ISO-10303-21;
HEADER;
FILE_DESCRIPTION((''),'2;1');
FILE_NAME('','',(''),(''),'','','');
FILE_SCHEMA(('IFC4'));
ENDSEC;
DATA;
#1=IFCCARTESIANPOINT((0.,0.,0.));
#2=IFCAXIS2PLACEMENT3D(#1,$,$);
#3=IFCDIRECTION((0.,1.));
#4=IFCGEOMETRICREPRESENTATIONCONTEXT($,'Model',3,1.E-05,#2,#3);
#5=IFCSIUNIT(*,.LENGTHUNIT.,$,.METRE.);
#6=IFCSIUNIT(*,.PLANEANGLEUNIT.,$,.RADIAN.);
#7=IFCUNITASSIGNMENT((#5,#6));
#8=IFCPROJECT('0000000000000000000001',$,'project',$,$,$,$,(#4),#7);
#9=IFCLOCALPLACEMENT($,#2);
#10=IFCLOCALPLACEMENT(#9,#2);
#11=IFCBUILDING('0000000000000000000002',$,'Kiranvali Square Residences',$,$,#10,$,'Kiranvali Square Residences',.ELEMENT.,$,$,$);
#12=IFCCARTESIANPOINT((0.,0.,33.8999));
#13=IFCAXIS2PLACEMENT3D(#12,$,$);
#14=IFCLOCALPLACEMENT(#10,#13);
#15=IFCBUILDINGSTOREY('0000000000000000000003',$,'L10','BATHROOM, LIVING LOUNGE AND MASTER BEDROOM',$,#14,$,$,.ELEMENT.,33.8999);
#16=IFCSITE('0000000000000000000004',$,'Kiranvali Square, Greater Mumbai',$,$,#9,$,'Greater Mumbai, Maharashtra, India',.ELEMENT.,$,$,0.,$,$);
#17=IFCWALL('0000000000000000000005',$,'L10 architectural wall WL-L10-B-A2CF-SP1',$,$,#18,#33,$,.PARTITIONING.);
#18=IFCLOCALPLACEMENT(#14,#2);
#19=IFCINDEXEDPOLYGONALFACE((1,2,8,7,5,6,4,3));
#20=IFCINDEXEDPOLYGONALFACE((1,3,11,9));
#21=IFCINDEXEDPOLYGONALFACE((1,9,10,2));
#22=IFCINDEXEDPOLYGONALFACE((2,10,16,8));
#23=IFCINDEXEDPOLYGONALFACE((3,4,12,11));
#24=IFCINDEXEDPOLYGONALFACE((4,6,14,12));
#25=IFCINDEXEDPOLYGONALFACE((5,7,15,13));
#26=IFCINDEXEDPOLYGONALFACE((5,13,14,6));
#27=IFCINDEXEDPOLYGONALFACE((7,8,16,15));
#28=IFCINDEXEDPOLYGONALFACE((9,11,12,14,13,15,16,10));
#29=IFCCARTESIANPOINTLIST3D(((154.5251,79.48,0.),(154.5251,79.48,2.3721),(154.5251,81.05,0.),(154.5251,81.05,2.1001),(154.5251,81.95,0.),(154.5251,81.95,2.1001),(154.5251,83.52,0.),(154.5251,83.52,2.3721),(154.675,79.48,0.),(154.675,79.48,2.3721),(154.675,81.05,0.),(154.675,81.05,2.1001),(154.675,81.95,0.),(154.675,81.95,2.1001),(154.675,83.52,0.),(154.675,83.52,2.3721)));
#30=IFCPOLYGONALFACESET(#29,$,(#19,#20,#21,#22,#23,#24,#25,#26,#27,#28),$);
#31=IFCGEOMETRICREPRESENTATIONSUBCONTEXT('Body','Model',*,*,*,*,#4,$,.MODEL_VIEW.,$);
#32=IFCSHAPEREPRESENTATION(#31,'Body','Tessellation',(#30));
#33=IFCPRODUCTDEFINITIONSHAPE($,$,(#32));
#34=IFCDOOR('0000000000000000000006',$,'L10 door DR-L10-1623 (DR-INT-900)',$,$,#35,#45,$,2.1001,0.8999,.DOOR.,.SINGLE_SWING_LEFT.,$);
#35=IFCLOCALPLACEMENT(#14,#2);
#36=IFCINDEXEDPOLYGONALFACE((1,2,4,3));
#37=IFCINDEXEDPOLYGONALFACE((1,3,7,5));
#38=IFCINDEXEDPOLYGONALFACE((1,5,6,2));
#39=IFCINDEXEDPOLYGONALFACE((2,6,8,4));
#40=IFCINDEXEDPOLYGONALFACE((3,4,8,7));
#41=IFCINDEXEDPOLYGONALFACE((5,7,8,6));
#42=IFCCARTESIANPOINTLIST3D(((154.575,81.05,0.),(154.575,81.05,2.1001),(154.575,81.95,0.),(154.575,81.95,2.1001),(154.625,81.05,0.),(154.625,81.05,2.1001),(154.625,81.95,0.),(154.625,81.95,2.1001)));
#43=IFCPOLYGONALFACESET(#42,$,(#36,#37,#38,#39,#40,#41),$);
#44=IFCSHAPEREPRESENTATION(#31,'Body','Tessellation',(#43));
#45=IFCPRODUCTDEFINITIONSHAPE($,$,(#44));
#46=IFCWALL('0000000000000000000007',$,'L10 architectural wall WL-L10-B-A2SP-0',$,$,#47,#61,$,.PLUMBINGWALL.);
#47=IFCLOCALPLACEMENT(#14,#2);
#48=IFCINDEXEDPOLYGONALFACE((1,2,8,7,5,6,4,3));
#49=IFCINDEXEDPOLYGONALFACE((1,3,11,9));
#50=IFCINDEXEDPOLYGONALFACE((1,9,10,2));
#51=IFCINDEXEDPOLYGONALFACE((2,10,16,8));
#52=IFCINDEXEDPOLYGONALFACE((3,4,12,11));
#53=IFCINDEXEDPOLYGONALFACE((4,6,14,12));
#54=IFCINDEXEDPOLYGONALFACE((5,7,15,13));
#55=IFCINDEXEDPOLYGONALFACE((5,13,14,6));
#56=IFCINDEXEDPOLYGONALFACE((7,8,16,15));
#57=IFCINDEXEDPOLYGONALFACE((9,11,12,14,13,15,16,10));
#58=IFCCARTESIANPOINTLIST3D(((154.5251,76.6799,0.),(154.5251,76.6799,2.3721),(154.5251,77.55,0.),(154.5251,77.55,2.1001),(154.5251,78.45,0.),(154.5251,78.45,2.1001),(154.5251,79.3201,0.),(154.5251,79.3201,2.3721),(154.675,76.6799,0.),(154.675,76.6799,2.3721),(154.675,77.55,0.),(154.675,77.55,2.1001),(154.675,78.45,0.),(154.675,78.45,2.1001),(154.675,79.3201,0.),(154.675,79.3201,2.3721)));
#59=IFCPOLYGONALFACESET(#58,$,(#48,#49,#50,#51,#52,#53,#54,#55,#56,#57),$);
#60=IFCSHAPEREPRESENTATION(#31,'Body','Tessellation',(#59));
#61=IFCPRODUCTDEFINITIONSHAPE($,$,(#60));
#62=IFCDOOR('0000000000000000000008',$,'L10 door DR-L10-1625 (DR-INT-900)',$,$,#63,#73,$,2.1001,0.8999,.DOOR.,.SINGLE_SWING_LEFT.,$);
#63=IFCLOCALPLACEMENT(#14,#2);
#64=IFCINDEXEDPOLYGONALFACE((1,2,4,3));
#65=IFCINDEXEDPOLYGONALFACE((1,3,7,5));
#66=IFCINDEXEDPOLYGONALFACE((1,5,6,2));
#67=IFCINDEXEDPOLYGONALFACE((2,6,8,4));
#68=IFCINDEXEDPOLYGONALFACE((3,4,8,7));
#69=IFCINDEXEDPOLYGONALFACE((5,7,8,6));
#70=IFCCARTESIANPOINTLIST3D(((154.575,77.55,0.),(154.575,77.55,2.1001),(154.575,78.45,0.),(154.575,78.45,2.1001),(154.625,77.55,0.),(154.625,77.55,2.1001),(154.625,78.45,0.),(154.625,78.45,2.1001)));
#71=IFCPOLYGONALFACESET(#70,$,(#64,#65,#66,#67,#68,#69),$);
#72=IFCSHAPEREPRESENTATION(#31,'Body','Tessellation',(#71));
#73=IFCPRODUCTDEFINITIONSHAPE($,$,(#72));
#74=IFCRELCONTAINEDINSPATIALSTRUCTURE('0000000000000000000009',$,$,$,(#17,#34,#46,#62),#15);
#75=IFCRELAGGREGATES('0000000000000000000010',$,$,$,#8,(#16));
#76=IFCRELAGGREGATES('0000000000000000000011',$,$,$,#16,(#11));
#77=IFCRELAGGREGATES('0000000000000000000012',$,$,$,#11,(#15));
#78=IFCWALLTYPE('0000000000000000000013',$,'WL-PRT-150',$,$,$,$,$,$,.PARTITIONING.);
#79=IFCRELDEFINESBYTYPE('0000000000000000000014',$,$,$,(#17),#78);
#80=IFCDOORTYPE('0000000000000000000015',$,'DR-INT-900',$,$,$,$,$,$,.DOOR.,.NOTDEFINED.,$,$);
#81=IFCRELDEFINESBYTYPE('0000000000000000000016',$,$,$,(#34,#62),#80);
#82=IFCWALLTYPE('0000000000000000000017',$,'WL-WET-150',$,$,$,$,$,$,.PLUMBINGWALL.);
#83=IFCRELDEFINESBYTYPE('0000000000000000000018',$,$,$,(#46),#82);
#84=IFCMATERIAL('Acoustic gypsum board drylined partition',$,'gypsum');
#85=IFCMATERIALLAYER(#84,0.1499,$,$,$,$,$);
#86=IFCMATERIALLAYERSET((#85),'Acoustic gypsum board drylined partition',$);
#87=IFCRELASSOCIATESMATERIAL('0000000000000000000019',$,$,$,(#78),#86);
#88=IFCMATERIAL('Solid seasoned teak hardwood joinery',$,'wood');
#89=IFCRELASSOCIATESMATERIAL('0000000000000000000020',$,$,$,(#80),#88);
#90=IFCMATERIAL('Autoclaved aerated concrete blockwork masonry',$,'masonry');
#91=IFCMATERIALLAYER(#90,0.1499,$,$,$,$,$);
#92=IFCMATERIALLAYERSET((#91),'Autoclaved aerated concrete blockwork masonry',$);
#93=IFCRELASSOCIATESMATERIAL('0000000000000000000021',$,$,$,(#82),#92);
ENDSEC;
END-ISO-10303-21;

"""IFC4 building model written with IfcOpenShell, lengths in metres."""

from ifc_helpers import new_model, si_unit, direction, frame, frame_2d, origin, place, context, subcontext, project, spatial, rectangle, extrude, material, layer, layer_set, type_object, element, fill, save


model = new_model("IFC4")

# Units and contexts
model_context = context("Model", 3, precision=1e-05, world=origin(), true_north=direction((0.0, 1.0)))
body_context = subcontext(model_context, "Body", "Model", "MODEL_VIEW")
ifc_project = project(units=[si_unit("LENGTHUNIT", "METRE"), si_unit("PLANEANGLEUNIT", "RADIAN")], contexts=[model_context])

# Site, building, storey
site_placement = place(None, origin())
site = spatial("IfcSite", under=ifc_project, at=site_placement, Name="Kiranvali Square, Greater Mumbai", LongName="Greater Mumbai, Maharashtra, India", CompositionType="ELEMENT", RefElevation=0.0)
building_placement = place(site_placement, origin())
building = spatial("IfcBuilding", under=site, at=building_placement, Name="Kiranvali Square Residences", LongName="Kiranvali Square Residences", CompositionType="ELEMENT")
storey_placement = place(building_placement, frame((0.0, 0.0, 33.8999)))
storey = spatial("IfcBuildingStorey", under=building, at=storey_placement, Name="L10", Description="BATHROOM, LIVING LOUNGE AND MASTER BEDROOM", CompositionType="ELEMENT", Elevation=33.8999)

# Walls, openings, doors
ifc_material_1 = material(Name="Acoustic gypsum board drylined partition", Category="gypsum")
ifc_layer_1 = layer(ifc_material_1, 0.1499)
ifc_layer_set_1 = layer_set([ifc_layer_1], Name="Acoustic gypsum board drylined partition")
wall_type_1 = type_object("IfcWallType", Name="WL-PRT-150", PredefinedType="PARTITIONING", material=ifc_layer_set_1)
ifc_material_2 = material(Name="Solid seasoned teak hardwood joinery", Category="wood")
door_type = type_object("IfcDoorType", Name="DR-INT-900", OperationType="NOTDEFINED", PredefinedType="DOOR", material=ifc_material_2)
wall_1_placement = place(storey_placement, frame((154.6001, 83.52, 0.0), z_axis=(0.0, 0.0, 1.0), x_axis=(0.0, -1.0, 0.0)))
wall_1 = element("IfcWall", 1, at=wall_1_placement, inside=storey, type_object=wall_type_1, Name="L10 architectural wall WL-L10-B-A2CF-SP1", PredefinedType="PARTITIONING", context=body_context, shape_type="SweptSolid", body=[
    extrude(rectangle(XDim=4.04, YDim=0.1499, at=frame_2d((2.02, 0.0))), origin(), (0.0, 0.0, 1.0), 2.3721),
])
opening_1_placement = place(wall_1_placement, frame((1.5701, 0.0, 0.0)))
opening_1 = element("IfcOpeningElement", 2, at=opening_1_placement, cuts=wall_1, PredefinedType="OPENING", context=body_context, shape_type="SweptSolid", body=[
    extrude(rectangle(XDim=0.8999, YDim=2.1001, at=frame_2d((0.45, 1.05))), frame((0.0, 0.085, 0.0), z_axis=(0.0, -1.0, 0.0), x_axis=(1.0, 0.0, 0.0)), (0.0, 0.0, 1.0), 0.1699),
])
door_1_placement = place(opening_1_placement, origin())
door_1 = element("IfcDoor", 3, at=door_1_placement, inside=storey, type_object=door_type, Name="L10 door DR-L10-1623 (DR-INT-900)", OperationType="SINGLE_SWING_LEFT", OverallHeight=2.1001, OverallWidth=0.8999, PredefinedType="DOOR", context=body_context, shape_type="SweptSolid", body=[
    extrude(rectangle(XDim=0.8999, YDim=2.1001, at=frame_2d((0.45, 1.05))), frame((0.0, 0.0249, 0.0), z_axis=(0.0, -1.0, 0.0), x_axis=(1.0, 0.0, 0.0)), (0.0, 0.0, 1.0), 0.05),
])
fill(opening_1, door_1)
ifc_material_3 = material(Name="Autoclaved aerated concrete blockwork masonry", Category="masonry")
ifc_layer_2 = layer(ifc_material_3, 0.1499)
ifc_layer_set_2 = layer_set([ifc_layer_2], Name="Autoclaved aerated concrete blockwork masonry")
wall_type_2 = type_object("IfcWallType", Name="WL-WET-150", PredefinedType="PLUMBINGWALL", material=ifc_layer_set_2)
wall_2_placement = place(storey_placement, frame((154.6001, 79.3201, 0.0), z_axis=(0.0, 0.0, 1.0), x_axis=(0.0, -1.0, 0.0)))
wall_2 = element("IfcWall", 4, at=wall_2_placement, inside=storey, type_object=wall_type_2, Name="L10 architectural wall WL-L10-B-A2SP-0", PredefinedType="PLUMBINGWALL", context=body_context, shape_type="SweptSolid", body=[
    extrude(rectangle(XDim=2.6401, YDim=0.1499, at=frame_2d((1.3201, 0.0))), origin(), (0.0, 0.0, 1.0), 2.3721),
])
opening_2_placement = place(wall_2_placement, frame((0.8701, 0.0, 0.0)))
opening_2 = element("IfcOpeningElement", 5, at=opening_2_placement, cuts=wall_2, PredefinedType="OPENING", context=body_context, shape_type="SweptSolid", body=[
    extrude(rectangle(XDim=0.8999, YDim=2.1001, at=frame_2d((0.45, 1.05))), frame((0.0, 0.085, 0.0), z_axis=(0.0, -1.0, 0.0), x_axis=(1.0, 0.0, 0.0)), (0.0, 0.0, 1.0), 0.1699),
])
door_2_placement = place(opening_2_placement, origin())
door_2 = element("IfcDoor", 6, at=door_2_placement, inside=storey, type_object=door_type, Name="L10 door DR-L10-1625 (DR-INT-900)", OperationType="SINGLE_SWING_LEFT", OverallHeight=2.1001, OverallWidth=0.8999, PredefinedType="DOOR", context=body_context, shape_type="SweptSolid", body=[
    extrude(rectangle(XDim=0.8999, YDim=2.1001, at=frame_2d((0.45, 1.05))), frame((0.0, 0.0249, 0.0), z_axis=(0.0, -1.0, 0.0), x_axis=(1.0, 0.0, 0.0)), (0.0, 0.0, 1.0), 0.05),
])
fill(opening_2, door_2)

save(model, "model.ifc")
